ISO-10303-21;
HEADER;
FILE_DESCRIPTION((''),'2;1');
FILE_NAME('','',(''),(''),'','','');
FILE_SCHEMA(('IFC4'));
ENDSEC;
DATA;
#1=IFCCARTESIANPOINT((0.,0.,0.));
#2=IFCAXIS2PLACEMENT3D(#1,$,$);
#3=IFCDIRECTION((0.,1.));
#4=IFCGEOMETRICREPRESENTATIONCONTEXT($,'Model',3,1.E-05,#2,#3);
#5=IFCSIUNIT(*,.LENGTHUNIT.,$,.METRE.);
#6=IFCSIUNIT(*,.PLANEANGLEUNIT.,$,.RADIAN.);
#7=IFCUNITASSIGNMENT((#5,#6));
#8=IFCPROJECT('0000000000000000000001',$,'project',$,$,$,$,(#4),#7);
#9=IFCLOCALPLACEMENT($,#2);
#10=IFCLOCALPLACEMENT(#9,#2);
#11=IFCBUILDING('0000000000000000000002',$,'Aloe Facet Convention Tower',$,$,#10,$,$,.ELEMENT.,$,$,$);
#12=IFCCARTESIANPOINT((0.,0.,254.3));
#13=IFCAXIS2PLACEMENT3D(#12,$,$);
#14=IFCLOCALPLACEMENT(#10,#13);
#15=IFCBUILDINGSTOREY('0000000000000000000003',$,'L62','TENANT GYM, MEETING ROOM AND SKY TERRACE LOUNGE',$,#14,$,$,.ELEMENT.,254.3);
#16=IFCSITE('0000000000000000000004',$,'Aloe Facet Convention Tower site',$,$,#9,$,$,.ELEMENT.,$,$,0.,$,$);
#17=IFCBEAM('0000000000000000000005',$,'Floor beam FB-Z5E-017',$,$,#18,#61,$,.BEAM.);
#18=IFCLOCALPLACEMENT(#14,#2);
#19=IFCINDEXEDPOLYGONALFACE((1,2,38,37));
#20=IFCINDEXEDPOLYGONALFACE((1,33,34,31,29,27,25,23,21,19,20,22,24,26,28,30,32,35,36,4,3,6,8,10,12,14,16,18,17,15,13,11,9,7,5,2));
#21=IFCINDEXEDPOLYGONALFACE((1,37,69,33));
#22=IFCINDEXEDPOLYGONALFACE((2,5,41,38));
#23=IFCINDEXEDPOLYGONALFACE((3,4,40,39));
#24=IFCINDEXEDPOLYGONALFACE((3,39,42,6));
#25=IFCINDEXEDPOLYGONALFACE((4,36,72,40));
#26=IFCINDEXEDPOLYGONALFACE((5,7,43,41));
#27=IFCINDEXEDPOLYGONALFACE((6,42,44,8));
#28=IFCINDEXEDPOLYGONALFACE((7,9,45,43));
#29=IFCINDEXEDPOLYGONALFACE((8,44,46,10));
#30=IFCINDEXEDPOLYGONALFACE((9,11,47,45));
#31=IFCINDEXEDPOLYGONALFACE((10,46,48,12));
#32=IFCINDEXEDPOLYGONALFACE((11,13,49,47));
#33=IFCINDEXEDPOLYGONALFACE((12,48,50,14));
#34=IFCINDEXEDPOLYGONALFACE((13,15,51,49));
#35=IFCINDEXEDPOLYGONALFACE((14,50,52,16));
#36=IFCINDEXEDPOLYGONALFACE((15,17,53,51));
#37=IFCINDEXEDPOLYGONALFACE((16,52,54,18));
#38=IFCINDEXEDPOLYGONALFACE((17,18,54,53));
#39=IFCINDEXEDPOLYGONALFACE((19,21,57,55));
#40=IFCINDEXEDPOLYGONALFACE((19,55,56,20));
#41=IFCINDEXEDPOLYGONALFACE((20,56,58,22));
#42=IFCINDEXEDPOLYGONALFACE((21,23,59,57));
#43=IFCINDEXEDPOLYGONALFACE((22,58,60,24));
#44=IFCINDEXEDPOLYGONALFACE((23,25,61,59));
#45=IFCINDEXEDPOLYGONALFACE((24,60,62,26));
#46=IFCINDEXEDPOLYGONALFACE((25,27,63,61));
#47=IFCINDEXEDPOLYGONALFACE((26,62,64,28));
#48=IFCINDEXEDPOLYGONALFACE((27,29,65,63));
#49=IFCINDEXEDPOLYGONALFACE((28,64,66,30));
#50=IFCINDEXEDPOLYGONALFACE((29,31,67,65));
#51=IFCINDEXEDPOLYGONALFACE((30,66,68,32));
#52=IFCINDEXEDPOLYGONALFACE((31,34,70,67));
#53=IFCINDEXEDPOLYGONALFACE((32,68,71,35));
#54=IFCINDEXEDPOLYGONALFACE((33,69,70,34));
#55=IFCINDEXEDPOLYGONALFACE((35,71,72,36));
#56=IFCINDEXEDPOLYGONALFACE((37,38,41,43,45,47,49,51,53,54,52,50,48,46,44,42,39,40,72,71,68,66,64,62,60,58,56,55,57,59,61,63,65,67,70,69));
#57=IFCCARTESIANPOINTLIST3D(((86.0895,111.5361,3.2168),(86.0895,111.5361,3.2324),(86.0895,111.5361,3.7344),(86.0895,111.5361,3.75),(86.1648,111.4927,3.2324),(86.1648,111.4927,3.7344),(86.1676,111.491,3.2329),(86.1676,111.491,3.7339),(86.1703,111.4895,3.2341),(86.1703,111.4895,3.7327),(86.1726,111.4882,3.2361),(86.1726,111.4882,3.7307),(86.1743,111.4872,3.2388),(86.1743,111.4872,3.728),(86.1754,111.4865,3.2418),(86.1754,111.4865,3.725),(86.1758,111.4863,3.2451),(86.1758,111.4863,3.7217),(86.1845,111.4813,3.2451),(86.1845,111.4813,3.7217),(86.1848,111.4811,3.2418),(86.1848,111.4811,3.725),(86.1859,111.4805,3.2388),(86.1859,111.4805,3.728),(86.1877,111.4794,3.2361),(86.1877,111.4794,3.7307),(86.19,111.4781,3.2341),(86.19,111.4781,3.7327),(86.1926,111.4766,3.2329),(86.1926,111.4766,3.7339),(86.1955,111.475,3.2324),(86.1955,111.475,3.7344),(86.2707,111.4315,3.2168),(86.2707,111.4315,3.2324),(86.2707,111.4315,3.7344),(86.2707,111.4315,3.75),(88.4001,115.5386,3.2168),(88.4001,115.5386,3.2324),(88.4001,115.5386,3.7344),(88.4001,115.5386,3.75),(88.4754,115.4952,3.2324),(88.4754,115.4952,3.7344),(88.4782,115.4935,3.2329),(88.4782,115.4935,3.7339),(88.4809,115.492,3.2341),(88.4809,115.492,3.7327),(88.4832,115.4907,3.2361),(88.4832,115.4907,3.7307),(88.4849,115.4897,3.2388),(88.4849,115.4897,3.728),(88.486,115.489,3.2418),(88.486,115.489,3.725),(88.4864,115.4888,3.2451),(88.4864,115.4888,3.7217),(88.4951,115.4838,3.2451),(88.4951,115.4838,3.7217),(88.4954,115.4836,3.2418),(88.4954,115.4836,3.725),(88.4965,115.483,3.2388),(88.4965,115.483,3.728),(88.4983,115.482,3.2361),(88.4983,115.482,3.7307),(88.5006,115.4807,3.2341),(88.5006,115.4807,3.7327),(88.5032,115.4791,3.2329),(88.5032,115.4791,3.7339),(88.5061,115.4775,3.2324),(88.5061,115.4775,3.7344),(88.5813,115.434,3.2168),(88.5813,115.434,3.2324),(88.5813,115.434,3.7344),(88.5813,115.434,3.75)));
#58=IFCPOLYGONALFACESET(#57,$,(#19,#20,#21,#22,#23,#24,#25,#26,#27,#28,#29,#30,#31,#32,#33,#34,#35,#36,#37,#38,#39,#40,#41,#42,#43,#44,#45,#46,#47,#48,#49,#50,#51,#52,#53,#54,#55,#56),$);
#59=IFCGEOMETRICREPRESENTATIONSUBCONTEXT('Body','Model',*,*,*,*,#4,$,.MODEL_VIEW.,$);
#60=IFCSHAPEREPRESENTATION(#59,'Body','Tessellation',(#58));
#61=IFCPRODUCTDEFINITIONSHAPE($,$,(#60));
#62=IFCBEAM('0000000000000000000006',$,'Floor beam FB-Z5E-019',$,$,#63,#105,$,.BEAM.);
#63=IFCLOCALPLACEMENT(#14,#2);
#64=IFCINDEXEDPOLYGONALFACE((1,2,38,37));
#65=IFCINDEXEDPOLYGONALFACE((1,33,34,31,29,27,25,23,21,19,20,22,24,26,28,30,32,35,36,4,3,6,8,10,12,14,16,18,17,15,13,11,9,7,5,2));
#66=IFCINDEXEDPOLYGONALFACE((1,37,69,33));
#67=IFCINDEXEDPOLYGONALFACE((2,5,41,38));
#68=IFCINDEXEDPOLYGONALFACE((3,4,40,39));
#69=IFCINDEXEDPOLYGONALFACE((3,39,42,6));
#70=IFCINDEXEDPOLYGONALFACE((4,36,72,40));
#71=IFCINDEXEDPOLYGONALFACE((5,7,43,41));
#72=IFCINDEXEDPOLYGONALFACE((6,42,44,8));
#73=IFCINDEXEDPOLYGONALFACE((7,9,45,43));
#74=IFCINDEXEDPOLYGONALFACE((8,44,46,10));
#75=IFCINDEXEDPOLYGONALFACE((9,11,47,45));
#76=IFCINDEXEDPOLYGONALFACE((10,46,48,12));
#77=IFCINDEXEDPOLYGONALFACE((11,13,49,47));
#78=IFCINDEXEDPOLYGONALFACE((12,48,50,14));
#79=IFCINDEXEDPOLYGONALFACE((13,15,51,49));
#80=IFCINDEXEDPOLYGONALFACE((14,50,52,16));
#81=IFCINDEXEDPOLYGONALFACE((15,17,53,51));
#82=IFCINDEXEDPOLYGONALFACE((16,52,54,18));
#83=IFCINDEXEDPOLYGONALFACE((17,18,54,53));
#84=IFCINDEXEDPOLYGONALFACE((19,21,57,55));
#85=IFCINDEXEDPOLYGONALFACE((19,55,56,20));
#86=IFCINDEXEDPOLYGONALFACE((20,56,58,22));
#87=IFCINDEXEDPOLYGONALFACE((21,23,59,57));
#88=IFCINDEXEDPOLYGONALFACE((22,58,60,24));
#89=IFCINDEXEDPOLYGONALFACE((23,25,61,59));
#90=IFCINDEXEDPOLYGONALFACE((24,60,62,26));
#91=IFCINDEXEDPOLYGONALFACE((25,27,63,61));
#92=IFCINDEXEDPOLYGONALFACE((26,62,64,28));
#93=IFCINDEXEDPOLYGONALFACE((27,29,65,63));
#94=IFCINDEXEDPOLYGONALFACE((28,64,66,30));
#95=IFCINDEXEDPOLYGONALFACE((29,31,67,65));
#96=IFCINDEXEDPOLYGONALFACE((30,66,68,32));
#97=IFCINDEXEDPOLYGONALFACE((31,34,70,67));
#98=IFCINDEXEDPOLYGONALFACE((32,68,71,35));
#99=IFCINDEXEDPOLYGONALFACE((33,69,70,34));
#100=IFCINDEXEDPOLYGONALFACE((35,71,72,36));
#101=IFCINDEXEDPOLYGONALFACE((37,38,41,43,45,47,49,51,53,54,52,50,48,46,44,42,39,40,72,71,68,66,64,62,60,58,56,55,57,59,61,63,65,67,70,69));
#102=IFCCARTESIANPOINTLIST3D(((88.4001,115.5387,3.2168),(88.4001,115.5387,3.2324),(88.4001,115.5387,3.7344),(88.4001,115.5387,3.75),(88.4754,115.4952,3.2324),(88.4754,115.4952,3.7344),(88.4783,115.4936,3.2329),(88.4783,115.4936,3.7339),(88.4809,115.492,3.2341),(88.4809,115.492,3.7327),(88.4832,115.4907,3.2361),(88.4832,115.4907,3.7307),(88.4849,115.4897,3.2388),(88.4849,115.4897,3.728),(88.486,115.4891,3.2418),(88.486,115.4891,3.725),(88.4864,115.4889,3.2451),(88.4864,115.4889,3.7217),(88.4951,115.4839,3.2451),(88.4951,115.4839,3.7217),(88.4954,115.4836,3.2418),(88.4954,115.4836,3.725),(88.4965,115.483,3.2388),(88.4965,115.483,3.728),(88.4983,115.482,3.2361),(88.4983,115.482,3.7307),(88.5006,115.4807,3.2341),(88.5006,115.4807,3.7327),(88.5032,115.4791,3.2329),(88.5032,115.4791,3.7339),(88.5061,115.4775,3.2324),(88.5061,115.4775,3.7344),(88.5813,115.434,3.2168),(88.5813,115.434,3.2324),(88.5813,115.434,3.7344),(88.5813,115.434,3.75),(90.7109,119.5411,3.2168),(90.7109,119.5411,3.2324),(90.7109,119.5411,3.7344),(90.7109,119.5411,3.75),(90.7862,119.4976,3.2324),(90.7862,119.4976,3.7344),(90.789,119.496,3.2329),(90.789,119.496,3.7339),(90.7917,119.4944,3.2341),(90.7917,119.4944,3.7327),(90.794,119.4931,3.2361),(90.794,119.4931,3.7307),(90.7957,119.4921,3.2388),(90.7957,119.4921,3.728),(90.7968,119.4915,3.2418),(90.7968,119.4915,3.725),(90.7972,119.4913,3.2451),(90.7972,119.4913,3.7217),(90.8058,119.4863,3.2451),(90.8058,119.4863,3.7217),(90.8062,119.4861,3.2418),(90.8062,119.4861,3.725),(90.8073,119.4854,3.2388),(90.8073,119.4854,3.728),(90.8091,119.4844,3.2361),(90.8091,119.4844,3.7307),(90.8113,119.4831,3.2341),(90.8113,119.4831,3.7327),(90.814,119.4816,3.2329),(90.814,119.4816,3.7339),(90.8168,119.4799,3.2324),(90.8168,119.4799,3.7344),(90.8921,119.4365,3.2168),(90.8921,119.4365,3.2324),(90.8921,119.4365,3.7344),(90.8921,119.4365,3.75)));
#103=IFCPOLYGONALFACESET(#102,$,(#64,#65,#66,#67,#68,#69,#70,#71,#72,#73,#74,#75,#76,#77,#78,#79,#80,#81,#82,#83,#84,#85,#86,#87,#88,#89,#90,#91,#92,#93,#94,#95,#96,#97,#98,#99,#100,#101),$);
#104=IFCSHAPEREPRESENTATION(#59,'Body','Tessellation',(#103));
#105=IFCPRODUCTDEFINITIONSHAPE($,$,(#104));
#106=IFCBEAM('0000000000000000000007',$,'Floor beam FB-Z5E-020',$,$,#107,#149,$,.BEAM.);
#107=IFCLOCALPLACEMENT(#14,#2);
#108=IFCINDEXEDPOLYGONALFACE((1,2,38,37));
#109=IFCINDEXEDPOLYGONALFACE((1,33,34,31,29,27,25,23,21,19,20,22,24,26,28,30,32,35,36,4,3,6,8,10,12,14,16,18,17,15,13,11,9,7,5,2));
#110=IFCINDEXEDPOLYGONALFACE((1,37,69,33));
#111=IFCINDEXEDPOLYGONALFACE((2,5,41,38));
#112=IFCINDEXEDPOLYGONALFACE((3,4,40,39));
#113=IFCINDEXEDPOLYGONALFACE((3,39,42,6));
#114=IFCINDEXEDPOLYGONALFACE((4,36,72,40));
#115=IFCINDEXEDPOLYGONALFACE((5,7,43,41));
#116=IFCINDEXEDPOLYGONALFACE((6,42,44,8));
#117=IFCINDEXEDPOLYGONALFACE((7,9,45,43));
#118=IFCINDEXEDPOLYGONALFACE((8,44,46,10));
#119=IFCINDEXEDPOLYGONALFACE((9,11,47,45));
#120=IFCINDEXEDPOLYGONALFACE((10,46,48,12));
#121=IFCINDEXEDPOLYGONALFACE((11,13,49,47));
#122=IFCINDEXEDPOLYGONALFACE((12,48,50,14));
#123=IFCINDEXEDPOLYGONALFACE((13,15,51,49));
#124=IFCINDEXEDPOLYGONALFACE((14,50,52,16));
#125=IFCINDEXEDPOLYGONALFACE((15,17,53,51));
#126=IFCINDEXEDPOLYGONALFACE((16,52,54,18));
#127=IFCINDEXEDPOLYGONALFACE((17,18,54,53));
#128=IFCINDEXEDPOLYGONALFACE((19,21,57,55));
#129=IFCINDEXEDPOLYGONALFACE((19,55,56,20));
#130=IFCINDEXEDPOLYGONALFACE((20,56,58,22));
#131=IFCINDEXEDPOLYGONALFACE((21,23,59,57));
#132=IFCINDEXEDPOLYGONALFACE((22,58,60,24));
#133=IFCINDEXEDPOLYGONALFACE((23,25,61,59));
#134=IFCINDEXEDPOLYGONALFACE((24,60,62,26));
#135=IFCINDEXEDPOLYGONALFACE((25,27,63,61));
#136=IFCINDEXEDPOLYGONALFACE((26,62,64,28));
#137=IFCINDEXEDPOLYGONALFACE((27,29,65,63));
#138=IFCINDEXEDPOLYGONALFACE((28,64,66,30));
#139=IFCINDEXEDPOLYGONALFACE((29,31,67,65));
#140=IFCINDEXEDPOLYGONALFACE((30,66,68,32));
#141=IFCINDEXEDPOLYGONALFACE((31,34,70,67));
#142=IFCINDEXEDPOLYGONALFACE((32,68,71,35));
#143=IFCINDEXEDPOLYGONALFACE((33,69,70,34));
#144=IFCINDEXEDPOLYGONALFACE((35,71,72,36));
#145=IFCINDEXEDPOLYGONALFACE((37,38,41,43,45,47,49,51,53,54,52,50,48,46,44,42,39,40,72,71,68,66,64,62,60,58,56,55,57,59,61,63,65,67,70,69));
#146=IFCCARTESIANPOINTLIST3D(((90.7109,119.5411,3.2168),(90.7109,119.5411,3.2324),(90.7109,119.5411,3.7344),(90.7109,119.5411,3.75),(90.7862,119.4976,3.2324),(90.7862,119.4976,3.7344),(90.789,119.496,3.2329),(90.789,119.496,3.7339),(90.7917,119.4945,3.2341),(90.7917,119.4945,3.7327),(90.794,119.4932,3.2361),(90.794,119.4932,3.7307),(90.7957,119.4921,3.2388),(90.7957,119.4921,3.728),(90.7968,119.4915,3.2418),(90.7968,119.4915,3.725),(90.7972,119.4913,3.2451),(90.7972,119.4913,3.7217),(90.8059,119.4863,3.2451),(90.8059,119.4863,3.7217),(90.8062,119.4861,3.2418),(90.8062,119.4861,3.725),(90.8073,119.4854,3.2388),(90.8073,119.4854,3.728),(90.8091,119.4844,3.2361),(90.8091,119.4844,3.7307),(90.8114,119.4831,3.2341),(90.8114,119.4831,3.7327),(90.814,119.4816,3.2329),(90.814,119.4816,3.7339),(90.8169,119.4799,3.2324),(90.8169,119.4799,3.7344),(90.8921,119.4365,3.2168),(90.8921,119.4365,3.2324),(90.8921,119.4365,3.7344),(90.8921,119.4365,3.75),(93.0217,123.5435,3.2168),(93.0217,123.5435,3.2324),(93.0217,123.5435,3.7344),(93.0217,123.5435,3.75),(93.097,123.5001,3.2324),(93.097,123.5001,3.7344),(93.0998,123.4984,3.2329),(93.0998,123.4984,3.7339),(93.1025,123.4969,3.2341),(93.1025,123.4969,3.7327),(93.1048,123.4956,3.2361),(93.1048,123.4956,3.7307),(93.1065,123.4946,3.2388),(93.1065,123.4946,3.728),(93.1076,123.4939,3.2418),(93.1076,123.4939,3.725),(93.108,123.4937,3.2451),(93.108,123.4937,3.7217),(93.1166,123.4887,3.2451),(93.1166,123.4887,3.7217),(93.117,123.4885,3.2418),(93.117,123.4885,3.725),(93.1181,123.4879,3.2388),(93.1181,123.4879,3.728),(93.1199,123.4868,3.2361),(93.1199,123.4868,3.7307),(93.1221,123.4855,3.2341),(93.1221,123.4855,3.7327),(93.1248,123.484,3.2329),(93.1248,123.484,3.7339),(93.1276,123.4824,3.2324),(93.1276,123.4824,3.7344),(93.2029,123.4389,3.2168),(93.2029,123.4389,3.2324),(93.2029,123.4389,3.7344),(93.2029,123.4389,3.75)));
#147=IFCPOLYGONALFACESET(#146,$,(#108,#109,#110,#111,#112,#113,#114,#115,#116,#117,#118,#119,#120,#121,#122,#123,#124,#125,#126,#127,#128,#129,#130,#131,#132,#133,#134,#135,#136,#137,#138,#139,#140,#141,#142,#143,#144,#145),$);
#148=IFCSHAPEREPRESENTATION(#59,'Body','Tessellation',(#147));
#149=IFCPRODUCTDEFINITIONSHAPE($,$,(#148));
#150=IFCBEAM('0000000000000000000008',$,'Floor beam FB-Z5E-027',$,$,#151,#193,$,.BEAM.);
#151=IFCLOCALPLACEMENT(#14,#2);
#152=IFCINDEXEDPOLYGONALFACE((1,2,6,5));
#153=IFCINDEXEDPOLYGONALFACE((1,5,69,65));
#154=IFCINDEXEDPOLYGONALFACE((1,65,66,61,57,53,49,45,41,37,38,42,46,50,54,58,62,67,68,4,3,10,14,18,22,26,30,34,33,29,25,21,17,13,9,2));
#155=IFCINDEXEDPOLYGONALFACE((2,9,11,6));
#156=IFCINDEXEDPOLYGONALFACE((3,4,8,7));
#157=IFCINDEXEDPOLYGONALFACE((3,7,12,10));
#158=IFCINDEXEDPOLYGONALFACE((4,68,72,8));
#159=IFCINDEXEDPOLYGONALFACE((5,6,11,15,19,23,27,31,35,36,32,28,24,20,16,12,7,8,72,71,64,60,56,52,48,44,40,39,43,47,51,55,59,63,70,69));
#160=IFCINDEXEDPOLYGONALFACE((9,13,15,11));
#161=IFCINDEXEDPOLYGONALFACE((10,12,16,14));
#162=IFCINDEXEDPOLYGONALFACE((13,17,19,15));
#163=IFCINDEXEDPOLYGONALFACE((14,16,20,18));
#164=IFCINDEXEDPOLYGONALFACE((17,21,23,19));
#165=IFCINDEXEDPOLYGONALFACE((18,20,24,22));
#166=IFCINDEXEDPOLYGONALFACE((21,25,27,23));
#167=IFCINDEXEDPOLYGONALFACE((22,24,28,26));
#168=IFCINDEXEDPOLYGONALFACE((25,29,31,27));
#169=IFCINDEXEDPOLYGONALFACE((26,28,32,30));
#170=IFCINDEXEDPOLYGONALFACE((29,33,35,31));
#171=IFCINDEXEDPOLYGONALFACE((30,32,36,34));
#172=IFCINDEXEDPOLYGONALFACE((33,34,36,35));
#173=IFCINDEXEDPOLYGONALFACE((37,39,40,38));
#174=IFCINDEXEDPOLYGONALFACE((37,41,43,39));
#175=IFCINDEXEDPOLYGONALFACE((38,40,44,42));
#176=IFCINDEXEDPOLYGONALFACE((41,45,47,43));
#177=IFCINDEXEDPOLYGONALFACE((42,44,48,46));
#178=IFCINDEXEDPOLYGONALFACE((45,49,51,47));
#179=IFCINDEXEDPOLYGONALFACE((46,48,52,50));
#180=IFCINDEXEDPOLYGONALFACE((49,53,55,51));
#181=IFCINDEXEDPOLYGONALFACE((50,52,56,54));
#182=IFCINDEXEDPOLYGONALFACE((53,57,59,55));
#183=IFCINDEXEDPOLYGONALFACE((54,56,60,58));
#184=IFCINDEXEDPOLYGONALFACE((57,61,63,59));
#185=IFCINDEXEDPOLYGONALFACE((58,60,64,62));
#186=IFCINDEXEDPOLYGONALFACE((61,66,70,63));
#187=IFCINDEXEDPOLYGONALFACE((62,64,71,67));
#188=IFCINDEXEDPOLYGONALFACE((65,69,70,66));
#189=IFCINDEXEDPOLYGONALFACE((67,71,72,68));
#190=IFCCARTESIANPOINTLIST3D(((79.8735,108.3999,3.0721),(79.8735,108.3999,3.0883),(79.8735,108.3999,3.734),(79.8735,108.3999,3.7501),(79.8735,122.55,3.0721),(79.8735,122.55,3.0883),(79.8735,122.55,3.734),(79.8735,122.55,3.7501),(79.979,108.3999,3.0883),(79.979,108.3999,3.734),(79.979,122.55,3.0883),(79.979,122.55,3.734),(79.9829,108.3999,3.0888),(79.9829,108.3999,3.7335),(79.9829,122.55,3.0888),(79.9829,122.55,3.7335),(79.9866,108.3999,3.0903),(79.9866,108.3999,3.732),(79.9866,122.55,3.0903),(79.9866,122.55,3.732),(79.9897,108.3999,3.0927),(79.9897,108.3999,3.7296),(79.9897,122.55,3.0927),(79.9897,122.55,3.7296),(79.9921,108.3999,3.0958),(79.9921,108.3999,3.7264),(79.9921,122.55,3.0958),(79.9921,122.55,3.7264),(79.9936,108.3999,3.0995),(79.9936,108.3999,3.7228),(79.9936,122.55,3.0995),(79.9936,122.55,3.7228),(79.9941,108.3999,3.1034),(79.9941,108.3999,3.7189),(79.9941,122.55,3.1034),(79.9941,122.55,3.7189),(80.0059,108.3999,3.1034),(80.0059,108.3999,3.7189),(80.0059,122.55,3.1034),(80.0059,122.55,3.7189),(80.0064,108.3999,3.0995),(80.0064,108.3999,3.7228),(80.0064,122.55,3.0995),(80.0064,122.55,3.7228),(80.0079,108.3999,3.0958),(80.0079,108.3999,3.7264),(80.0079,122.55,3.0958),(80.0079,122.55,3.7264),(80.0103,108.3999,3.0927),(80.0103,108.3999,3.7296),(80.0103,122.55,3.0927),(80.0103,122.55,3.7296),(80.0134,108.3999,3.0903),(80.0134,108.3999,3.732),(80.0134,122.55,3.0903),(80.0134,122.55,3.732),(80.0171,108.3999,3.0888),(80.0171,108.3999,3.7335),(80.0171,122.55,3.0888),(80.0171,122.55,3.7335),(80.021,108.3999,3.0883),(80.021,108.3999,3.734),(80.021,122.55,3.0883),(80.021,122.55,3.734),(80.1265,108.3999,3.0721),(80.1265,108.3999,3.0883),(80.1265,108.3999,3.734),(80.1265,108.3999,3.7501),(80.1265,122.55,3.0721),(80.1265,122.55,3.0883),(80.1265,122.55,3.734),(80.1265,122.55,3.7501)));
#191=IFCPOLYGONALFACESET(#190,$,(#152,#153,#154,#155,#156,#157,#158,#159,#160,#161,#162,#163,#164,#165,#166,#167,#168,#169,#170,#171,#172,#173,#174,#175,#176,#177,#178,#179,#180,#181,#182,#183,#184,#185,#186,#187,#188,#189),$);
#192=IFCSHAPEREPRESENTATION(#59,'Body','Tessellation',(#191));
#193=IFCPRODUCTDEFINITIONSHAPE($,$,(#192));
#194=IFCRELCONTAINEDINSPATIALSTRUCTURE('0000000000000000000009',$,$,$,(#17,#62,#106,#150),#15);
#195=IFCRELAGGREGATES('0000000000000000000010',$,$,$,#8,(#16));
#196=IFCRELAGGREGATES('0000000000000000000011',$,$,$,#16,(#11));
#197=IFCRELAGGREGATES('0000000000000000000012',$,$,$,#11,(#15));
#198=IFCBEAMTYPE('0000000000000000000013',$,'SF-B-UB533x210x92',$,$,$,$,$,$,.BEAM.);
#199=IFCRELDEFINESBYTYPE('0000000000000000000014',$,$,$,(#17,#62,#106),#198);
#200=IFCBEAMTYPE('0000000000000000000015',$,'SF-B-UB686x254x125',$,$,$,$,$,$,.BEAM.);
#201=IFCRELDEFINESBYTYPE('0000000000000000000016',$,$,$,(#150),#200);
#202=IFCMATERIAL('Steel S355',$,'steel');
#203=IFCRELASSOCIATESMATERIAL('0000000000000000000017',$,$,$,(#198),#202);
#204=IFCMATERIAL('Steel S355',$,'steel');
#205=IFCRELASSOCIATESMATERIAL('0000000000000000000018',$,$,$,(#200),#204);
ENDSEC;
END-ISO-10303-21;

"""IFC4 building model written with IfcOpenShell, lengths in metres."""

from ifc_helpers import new_model, si_unit, direction, frame, origin, origin_2d, place, context, subcontext, project, spatial, i_section, extrude, material, material_profile, profile_set, type_object, element, save


model = new_model("IFC4")

# Units and contexts
model_context = context("Model", 3, precision=1e-05, world=origin(), true_north=direction((0.0, 1.0)))
body_context = subcontext(model_context, "Body", "Model", "MODEL_VIEW")
ifc_project = project(units=[si_unit("LENGTHUNIT", "METRE"), si_unit("PLANEANGLEUNIT", "RADIAN")], contexts=[model_context])

# Site, building, storey
site_placement = place(None, origin())
site = spatial("IfcSite", under=ifc_project, at=site_placement, Name="Aloe Facet Convention Tower site", CompositionType="ELEMENT", RefElevation=0.0)
building_placement = place(site_placement, origin())
building = spatial("IfcBuilding", under=site, at=building_placement, Name="Aloe Facet Convention Tower", CompositionType="ELEMENT")
storey_placement = place(building_placement, frame((0.0, 0.0, 254.3)))
storey = spatial("IfcBuildingStorey", under=building, at=storey_placement, Name="L62", Description="TENANT GYM, MEETING ROOM AND SKY TERRACE LOUNGE", CompositionType="ELEMENT", Elevation=254.3)

# Beams
ifc_material_1 = material(Name="Steel S355", Category="steel")
ifc_material_profile_1 = material_profile(ifc_material_1, i_section(OverallWidth=0.2092, OverallDepth=0.5332, WebThickness=0.01, FlangeThickness=0.0156, FilletRadius=0.0127, at=origin_2d()), Name="UB 533x210x92")
ifc_profile_set_1 = profile_set([ifc_material_profile_1], Name="Steel S355")
beam_type_1 = type_object("IfcBeamType", Name="SF-B-UB533x210x92", PredefinedType="BEAM", material=ifc_profile_set_1)
for number, where, z_axis, x_axis, name in (
    (1, (88.4907, 115.4863, 3.4834), (-0.499957, -0.86605, 0.0), (0.86605, -0.499957, 0.0), "Floor beam FB-Z5E-017"),
    (2, (90.8015, 119.4888, 3.4834), (-0.499997, -0.866027, 0.0), (0.866027, -0.499997, 0.0), "Floor beam FB-Z5E-019"),
    (3, (93.1123, 123.4912, 3.4834), (-0.499997, -0.866027, 0.0), (0.866027, -0.499997, 0.0), "Floor beam FB-Z5E-020"),
):
    element("IfcBeam", number, at=place(storey_placement, frame(where, z_axis=z_axis, x_axis=x_axis)), inside=storey, type_object=beam_type_1, Name=name, PredefinedType="BEAM", context=body_context, shape_type="SweptSolid", body=[
        extrude(i_section(OverallWidth=0.2092, OverallDepth=0.5332, WebThickness=0.01, FlangeThickness=0.0156, FilletRadius=0.0127, at=origin_2d()), origin(), (0.0, 0.0, 1.0), 4.6216),
    ])
ifc_material_2 = material(Name="Steel S355", Category="steel")
ifc_material_profile_2 = material_profile(ifc_material_2, i_section(OverallWidth=0.2529, OverallDepth=0.678, WebThickness=0.0117, FlangeThickness=0.0161, FilletRadius=0.0151, at=origin_2d()), Name="UB 686x254x125")
ifc_profile_set_2 = profile_set([ifc_material_profile_2], Name="Steel S355")
beam_type_2 = type_object("IfcBeamType", Name="SF-B-UB686x254x125", PredefinedType="BEAM", material=ifc_profile_set_2)
beam_1_placement = place(storey_placement, frame((80.0, 122.55, 3.4111), z_axis=(0.0, -1.0, 0.0), x_axis=(1.0, 0.0, 0.0)))
element("IfcBeam", 4, at=beam_1_placement, inside=storey, type_object=beam_type_2, Name="Floor beam FB-Z5E-027", PredefinedType="BEAM", context=body_context, shape_type="SweptSolid", body=[
    extrude(i_section(OverallWidth=0.2529, OverallDepth=0.678, WebThickness=0.0117, FlangeThickness=0.0161, FilletRadius=0.0151, at=origin_2d()), origin(), (0.0, 0.0, 1.0), 14.1501),
])

save(model, "model.ifc")
